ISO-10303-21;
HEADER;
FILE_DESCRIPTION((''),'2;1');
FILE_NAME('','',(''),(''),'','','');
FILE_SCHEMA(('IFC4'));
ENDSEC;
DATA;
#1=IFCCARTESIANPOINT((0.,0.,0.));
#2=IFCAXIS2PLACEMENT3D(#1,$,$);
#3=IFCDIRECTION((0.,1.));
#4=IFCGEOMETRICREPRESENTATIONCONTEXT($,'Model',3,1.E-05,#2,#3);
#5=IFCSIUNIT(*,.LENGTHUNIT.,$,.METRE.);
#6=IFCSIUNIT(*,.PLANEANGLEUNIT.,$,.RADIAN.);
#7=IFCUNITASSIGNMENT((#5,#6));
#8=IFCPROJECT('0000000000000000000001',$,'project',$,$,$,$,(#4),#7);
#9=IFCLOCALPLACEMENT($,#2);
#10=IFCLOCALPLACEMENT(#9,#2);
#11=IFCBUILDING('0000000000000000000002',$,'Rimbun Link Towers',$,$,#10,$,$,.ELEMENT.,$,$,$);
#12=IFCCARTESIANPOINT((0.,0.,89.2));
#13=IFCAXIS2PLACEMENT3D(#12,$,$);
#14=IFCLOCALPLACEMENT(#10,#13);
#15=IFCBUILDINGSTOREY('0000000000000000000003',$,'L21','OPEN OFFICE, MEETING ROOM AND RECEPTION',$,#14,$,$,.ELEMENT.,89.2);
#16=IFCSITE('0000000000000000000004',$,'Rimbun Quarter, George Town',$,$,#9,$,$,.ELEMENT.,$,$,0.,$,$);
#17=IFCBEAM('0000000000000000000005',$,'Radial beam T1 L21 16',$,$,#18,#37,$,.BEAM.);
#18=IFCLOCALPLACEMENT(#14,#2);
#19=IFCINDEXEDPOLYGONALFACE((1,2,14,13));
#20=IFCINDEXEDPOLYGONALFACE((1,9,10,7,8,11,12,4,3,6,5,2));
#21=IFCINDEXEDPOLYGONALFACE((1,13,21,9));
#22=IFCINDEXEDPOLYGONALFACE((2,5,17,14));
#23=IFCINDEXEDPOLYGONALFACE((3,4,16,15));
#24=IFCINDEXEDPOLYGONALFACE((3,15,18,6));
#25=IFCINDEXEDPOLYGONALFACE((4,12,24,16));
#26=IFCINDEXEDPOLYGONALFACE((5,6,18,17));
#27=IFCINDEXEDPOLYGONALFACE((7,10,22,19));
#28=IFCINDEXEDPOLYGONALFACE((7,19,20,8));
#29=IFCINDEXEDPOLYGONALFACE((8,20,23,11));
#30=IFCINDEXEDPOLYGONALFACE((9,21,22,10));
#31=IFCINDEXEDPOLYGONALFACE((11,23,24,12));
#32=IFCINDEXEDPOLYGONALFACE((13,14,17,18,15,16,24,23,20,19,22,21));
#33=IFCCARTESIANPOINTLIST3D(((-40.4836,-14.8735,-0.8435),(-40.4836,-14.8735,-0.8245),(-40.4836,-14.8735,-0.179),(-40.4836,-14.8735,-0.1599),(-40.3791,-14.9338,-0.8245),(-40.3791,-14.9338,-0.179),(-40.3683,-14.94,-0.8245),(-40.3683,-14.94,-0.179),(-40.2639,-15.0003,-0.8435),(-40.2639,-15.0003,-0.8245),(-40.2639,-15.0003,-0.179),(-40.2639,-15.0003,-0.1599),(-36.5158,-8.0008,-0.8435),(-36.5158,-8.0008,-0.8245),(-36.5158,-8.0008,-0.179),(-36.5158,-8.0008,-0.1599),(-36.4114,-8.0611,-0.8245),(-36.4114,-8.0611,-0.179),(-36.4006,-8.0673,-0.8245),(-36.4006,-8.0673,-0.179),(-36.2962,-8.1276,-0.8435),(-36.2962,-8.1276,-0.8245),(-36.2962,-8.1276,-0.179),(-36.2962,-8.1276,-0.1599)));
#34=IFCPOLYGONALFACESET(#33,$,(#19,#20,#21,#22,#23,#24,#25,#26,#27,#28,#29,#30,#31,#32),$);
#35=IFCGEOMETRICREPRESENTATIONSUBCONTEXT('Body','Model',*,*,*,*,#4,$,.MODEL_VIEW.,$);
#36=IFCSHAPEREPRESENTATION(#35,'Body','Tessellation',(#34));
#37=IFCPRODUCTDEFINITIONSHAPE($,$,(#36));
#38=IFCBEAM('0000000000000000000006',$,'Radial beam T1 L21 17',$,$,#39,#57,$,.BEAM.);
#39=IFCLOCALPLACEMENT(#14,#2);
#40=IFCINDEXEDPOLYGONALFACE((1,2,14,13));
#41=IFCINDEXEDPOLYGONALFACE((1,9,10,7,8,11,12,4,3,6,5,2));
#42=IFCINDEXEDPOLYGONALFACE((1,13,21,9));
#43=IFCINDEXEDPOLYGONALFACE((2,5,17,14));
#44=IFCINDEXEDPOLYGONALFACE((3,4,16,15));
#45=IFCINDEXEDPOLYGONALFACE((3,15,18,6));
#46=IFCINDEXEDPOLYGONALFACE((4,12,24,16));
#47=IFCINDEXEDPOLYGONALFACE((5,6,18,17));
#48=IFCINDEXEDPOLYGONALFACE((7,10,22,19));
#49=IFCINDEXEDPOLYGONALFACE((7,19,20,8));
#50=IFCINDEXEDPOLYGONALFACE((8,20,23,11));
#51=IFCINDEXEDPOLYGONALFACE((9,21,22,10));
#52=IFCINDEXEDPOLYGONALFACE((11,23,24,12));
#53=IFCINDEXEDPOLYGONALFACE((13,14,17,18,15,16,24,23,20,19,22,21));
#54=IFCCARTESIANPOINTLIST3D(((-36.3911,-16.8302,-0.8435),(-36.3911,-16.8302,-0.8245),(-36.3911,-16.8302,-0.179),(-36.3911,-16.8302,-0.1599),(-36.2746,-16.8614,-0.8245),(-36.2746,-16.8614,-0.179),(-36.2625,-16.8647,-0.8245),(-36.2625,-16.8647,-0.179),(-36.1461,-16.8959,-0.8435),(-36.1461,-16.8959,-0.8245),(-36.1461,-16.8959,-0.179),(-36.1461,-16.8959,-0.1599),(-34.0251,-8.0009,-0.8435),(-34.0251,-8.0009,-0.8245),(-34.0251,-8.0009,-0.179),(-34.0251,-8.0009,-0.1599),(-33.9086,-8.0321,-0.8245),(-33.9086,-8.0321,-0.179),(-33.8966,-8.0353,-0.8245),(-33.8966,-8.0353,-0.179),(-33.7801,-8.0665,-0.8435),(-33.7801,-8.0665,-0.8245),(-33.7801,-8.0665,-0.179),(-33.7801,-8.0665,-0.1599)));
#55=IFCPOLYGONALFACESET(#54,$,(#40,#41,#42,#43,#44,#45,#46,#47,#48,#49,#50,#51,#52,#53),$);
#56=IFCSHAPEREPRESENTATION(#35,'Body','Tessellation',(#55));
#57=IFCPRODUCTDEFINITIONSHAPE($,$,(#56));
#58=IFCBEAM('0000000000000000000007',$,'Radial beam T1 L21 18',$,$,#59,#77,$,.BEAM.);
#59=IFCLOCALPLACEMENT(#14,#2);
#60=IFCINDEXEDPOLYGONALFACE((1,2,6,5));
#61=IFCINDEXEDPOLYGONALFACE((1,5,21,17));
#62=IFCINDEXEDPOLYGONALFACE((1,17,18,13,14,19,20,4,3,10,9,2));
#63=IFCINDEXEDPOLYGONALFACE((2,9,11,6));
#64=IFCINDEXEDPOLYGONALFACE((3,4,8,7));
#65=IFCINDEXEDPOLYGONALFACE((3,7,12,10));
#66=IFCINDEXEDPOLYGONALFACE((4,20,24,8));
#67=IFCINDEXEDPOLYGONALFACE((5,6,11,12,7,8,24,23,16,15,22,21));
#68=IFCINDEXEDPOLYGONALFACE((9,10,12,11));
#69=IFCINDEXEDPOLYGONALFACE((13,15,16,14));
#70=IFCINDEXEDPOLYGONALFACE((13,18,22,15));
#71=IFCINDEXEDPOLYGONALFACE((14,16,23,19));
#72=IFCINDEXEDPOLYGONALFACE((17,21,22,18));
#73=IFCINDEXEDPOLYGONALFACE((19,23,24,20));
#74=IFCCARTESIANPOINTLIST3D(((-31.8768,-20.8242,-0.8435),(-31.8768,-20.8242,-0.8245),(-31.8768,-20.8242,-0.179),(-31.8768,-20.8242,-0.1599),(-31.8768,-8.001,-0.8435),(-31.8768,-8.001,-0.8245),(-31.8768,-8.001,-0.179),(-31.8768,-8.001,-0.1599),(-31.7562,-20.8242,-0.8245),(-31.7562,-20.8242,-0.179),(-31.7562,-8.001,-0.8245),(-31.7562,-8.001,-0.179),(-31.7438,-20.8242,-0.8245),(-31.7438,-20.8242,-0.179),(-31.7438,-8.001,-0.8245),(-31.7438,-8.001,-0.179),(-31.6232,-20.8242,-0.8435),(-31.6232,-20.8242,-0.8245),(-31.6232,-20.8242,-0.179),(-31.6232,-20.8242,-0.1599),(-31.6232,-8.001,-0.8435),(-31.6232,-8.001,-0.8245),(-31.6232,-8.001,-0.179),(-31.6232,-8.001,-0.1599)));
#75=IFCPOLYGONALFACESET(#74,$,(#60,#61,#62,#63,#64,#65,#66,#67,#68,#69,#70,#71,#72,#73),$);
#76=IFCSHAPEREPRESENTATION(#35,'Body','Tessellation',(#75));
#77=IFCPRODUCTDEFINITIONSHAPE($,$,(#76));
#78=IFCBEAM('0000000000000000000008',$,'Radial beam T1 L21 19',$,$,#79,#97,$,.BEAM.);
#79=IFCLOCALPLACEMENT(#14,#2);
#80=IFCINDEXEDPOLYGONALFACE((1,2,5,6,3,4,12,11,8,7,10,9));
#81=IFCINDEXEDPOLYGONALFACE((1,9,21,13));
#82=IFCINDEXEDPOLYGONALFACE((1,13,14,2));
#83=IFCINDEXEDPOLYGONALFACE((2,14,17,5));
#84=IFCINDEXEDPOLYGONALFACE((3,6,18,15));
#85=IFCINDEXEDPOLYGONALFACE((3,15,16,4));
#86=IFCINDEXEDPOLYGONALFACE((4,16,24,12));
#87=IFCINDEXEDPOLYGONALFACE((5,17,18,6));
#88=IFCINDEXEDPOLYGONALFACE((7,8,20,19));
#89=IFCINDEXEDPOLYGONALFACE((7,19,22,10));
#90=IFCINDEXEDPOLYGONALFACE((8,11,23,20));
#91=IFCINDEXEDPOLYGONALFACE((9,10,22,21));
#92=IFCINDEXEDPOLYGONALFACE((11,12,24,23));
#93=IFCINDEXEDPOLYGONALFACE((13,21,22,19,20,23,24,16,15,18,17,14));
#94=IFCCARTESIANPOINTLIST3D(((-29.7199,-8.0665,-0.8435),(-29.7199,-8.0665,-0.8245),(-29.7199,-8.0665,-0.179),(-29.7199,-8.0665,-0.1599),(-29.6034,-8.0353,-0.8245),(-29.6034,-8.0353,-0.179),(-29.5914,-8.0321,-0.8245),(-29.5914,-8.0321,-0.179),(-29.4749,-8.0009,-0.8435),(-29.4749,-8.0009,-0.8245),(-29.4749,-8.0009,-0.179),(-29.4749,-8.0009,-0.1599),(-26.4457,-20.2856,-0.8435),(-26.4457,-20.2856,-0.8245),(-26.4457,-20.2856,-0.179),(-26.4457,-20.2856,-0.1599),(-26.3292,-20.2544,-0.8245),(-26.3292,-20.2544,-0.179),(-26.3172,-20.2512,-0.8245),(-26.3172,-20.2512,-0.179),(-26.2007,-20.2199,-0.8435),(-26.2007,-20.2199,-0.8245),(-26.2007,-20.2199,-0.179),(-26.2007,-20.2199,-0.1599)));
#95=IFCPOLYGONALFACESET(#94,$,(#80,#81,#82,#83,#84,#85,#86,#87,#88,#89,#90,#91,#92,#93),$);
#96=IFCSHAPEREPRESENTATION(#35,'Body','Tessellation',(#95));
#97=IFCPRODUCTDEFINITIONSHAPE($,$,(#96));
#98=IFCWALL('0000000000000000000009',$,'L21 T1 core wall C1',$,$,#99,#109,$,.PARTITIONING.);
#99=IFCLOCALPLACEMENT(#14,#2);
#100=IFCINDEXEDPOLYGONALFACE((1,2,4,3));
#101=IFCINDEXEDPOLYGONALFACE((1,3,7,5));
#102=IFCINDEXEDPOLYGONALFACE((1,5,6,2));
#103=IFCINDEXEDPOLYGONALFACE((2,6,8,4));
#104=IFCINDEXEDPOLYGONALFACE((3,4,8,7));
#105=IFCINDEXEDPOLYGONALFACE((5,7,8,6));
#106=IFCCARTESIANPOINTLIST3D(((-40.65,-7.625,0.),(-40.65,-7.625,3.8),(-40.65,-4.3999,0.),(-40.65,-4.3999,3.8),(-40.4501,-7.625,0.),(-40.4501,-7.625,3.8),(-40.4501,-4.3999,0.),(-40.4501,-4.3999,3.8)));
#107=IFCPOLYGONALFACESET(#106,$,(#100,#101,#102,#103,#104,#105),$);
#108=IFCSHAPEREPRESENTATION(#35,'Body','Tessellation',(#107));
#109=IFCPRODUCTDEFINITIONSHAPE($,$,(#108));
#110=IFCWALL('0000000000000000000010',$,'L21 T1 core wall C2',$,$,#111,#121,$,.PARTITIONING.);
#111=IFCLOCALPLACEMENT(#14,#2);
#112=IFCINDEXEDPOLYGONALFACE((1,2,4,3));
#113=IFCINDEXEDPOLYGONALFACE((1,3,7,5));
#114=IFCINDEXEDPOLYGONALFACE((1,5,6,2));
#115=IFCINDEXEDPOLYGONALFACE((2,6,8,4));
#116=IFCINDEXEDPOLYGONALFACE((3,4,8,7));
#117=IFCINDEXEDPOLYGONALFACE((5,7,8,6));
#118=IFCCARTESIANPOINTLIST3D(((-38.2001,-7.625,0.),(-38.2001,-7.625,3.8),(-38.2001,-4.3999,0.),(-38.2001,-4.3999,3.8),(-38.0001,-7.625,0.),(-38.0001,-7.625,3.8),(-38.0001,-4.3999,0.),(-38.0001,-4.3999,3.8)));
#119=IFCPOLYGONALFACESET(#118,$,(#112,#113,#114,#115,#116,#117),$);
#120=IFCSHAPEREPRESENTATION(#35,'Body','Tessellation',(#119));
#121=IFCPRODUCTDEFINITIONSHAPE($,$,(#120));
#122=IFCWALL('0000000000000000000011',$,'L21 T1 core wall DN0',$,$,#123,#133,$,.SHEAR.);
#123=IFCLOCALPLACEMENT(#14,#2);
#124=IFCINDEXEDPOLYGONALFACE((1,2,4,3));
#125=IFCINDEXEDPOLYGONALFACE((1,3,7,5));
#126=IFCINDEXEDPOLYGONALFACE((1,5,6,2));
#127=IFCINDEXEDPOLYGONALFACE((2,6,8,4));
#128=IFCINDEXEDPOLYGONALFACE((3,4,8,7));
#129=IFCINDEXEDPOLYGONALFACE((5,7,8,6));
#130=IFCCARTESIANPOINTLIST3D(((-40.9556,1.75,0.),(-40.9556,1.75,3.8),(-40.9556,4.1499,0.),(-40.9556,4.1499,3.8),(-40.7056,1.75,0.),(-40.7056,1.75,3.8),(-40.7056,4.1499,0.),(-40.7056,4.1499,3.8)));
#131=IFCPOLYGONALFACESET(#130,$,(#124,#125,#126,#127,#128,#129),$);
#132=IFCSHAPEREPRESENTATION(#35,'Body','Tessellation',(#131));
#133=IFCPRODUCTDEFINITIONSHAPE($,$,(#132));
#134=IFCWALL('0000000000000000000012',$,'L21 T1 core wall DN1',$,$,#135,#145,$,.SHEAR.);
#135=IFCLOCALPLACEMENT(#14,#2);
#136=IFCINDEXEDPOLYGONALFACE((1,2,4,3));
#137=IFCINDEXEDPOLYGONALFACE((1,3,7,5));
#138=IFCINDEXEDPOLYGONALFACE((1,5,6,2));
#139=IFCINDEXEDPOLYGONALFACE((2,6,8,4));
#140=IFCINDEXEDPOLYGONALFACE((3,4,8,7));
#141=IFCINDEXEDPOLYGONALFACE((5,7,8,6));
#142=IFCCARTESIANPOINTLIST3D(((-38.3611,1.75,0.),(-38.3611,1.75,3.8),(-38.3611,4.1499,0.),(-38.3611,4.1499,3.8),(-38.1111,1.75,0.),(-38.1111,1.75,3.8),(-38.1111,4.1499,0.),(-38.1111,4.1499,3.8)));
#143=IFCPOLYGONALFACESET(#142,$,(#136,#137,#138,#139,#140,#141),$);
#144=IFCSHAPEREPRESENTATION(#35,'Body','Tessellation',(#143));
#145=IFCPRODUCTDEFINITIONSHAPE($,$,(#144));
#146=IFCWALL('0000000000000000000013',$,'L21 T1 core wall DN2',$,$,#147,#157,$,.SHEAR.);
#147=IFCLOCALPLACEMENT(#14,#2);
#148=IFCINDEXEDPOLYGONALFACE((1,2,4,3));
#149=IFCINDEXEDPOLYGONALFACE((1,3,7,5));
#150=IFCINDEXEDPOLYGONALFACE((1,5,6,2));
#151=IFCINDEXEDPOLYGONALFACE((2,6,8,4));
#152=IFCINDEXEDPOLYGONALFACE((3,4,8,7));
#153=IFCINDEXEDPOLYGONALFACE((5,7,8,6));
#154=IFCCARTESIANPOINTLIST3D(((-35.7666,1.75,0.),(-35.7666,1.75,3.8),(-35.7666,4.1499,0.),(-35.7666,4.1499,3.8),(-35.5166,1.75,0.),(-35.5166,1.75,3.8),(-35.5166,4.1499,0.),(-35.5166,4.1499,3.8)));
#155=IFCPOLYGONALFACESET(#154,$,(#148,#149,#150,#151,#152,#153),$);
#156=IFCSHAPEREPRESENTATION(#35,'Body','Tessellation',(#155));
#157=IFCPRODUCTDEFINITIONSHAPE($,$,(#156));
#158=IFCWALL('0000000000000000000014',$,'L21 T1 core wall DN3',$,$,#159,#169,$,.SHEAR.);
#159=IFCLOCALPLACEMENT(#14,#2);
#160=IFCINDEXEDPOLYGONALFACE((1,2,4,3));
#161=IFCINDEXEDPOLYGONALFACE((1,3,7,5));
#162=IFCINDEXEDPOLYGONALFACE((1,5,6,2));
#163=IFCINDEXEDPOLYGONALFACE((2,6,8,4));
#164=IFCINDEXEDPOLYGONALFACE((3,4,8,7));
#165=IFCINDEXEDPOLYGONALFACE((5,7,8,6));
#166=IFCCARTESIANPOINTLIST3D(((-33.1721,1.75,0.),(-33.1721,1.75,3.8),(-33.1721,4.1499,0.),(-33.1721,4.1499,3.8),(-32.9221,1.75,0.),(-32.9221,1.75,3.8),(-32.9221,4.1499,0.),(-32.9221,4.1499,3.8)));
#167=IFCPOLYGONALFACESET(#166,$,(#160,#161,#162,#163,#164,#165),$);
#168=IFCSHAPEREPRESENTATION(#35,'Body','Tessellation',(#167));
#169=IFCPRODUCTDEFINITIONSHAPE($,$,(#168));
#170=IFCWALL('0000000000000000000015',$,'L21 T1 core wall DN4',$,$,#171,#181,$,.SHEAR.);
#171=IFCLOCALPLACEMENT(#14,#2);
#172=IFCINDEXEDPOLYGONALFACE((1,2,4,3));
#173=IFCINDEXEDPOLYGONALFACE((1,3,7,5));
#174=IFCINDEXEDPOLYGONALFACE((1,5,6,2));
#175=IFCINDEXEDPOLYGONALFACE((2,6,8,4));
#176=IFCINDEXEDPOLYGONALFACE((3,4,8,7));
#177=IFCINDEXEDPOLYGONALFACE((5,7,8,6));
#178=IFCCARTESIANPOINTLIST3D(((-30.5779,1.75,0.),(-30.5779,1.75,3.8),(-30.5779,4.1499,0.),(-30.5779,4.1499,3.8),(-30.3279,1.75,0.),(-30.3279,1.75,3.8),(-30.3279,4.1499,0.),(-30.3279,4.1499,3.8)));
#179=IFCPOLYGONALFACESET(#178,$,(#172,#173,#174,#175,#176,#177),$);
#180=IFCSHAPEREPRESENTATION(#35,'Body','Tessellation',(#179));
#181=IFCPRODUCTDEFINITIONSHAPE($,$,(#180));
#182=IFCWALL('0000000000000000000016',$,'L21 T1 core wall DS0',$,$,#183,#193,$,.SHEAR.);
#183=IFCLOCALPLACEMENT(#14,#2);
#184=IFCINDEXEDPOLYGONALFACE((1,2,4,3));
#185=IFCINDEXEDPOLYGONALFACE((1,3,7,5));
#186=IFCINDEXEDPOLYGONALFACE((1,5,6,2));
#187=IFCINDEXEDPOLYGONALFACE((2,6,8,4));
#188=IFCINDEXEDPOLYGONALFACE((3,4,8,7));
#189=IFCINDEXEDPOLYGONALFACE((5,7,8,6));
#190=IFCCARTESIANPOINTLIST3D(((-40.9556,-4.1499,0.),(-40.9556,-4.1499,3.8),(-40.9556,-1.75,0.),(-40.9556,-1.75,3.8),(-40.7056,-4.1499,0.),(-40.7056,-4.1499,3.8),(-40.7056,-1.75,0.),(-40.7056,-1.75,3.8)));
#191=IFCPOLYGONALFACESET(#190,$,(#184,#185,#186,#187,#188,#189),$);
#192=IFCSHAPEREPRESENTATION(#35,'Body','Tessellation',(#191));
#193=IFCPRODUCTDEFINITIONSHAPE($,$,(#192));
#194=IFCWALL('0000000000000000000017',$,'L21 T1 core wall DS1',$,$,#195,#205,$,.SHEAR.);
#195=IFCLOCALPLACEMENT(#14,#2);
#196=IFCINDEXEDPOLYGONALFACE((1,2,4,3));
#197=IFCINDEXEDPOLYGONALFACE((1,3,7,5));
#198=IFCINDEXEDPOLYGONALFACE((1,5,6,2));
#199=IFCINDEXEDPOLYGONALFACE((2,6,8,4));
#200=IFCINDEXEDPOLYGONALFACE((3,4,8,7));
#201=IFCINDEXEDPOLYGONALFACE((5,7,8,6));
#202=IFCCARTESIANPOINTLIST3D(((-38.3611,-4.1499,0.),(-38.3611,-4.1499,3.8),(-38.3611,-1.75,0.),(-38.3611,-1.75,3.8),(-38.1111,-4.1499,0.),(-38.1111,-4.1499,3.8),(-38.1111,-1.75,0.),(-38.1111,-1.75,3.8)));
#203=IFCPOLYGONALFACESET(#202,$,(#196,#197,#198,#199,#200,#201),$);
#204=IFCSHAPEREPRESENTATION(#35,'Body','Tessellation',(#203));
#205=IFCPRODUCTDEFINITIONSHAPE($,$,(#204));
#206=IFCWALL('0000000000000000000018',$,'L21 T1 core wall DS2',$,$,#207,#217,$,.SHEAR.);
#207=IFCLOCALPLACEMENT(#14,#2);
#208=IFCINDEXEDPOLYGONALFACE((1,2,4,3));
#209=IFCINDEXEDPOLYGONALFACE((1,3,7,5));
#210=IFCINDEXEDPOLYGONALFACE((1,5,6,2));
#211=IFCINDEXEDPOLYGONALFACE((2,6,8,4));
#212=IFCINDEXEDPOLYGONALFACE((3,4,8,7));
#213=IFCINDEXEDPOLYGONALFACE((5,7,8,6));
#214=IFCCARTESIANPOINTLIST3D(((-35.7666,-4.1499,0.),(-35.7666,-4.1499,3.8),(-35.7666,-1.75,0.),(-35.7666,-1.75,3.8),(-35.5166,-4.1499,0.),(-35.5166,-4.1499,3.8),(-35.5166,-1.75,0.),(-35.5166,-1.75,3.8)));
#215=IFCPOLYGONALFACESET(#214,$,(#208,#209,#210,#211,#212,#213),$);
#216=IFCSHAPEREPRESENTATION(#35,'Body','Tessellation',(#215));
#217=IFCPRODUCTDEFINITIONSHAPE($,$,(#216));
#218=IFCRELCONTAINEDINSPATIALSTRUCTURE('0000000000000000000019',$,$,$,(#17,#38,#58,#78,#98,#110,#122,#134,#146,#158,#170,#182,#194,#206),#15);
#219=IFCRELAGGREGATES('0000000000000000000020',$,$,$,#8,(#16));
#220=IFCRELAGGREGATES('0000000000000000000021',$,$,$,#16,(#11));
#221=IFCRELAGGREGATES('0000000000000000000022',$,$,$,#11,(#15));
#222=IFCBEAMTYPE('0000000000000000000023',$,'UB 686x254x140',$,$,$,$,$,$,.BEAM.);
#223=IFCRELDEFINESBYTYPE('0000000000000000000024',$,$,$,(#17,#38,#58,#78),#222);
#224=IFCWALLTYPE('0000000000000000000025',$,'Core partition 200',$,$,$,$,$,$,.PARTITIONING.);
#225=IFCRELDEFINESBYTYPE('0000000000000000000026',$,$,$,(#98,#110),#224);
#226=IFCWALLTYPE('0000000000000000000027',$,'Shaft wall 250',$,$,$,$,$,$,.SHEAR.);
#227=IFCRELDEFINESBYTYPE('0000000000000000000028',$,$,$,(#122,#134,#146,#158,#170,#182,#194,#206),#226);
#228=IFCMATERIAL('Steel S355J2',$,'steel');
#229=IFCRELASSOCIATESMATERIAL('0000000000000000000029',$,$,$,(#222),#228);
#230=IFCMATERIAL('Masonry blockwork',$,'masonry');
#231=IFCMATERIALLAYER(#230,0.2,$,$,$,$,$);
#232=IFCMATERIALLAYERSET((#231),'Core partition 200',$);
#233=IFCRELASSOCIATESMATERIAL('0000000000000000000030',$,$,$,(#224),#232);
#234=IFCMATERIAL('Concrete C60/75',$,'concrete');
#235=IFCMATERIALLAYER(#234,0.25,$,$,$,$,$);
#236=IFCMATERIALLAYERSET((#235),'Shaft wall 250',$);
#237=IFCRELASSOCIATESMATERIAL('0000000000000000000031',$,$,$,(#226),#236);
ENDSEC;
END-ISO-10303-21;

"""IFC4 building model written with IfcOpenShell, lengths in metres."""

from ifc_helpers import new_model, si_unit, direction, frame, frame_2d, origin, origin_2d, place, context, subcontext, project, spatial, rectangle, i_section, extrude, material, layer, layer_set, material_profile, profile_set, type_object, element, save


model = new_model("IFC4")

# Units and contexts
model_context = context("Model", 3, precision=1e-05, world=origin(), true_north=direction((0.0, 1.0)))
body_context = subcontext(model_context, "Body", "Model", "MODEL_VIEW")
ifc_project = project(units=[si_unit("LENGTHUNIT", "METRE"), si_unit("PLANEANGLEUNIT", "RADIAN")], contexts=[model_context])

# Site, building, storey
site_placement = place(None, origin())
site = spatial("IfcSite", under=ifc_project, at=site_placement, Name="Rimbun Quarter, George Town", CompositionType="ELEMENT", RefElevation=0.0)
building_placement = place(site_placement, origin())
building = spatial("IfcBuilding", under=site, at=building_placement, Name="Rimbun Link Towers", CompositionType="ELEMENT")
storey_placement = place(building_placement, frame((0.0, 0.0, 89.2)))
storey = spatial("IfcBuildingStorey", under=building, at=storey_placement, Name="L21", Description="OPEN OFFICE, MEETING ROOM AND RECEPTION", CompositionType="ELEMENT", Elevation=89.2)

# Beams
ifc_material_1 = material(Name="Steel S355J2", Category="steel")
ifc_material_profile = material_profile(ifc_material_1, i_section(OverallWidth=0.2537, OverallDepth=0.6836, WebThickness=0.0125, FlangeThickness=0.019, at=origin_2d()), Name="UB 686x254x140")
ifc_profile_set = profile_set([ifc_material_profile], Name="Steel S355J2")
beam_type = type_object("IfcBeamType", Name="UB 686x254x140", PredefinedType="BEAM", material=ifc_profile_set)
beam_1_placement = place(storey_placement, frame((-36.406, -8.0642, -0.5017), z_axis=(-0.499977, -0.866039, 0.0), x_axis=(0.866039, -0.499977, 0.0)))
element("IfcBeam", 1, at=beam_1_placement, inside=storey, type_object=beam_type, Name="Radial beam T1 L21 16", PredefinedType="BEAM", context=body_context, shape_type="SweptSolid", body=[
    extrude(i_section(OverallWidth=0.2537, OverallDepth=0.6836, WebThickness=0.0125, FlangeThickness=0.019, at=origin_2d()), origin(), (0.0, 0.0, 1.0), 7.9358),
])
beam_2_placement = place(storey_placement, frame((-33.9026, -8.0337, -0.5017), z_axis=(-0.258834, -0.965922, 0.0), x_axis=(0.965922, -0.258834, 0.0)))
element("IfcBeam", 2, at=beam_2_placement, inside=storey, type_object=beam_type, Name="Radial beam T1 L21 17", PredefinedType="BEAM", context=body_context, shape_type="SweptSolid", body=[
    extrude(i_section(OverallWidth=0.2537, OverallDepth=0.6836, WebThickness=0.0125, FlangeThickness=0.019, at=origin_2d()), origin(), (0.0, 0.0, 1.0), 9.1409),
])
beam_3_placement = place(storey_placement, frame((-31.75, -8.001, -0.5017), z_axis=(0.0, -1.0, 0.0), x_axis=(1.0, 0.0, 0.0)))
element("IfcBeam", 3, at=beam_3_placement, inside=storey, type_object=beam_type, Name="Radial beam T1 L21 18", PredefinedType="BEAM", context=body_context, shape_type="SweptSolid", body=[
    extrude(i_section(OverallWidth=0.2537, OverallDepth=0.6836, WebThickness=0.0125, FlangeThickness=0.019, at=origin_2d()), origin(), (0.0, 0.0, 1.0), 12.8232),
])
beam_4_placement = place(storey_placement, frame((-29.5974, -8.0337, -0.5017), z_axis=(0.258826, -0.965924, 0.0), x_axis=(0.965924, 0.258826, 0.0)))
element("IfcBeam", 4, at=beam_4_placement, inside=storey, type_object=beam_type, Name="Radial beam T1 L21 19", PredefinedType="BEAM", context=body_context, shape_type="SweptSolid", body=[
    extrude(i_section(OverallWidth=0.2537, OverallDepth=0.6836, WebThickness=0.0125, FlangeThickness=0.019, at=origin_2d()), origin(), (0.0, 0.0, 1.0), 12.6501),
])

# Walls
ifc_material_2 = material(Name="Masonry blockwork", Category="masonry")
ifc_layer_1 = layer(ifc_material_2, 0.2)
ifc_layer_set_1 = layer_set([ifc_layer_1], Name="Core partition 200")
wall_type_1 = type_object("IfcWallType", Name="Core partition 200", PredefinedType="PARTITIONING", material=ifc_layer_set_1)
for number, where, z_axis, x_axis, name in (
    (5, (-40.55, -4.3999, 0.0), (0.0, 0.0, 1.0), (0.0, -1.0, 0.0), "L21 T1 core wall C1"),
    (6, (-38.1001, -4.3999, 0.0), (0.0, 0.0, 1.0), (0.0, -1.0, 0.0), "L21 T1 core wall C2"),
):
    element("IfcWall", number, at=place(storey_placement, frame(where, z_axis=z_axis, x_axis=x_axis)), inside=storey, type_object=wall_type_1, Name=name, PredefinedType="PARTITIONING", context=body_context, shape_type="SweptSolid", body=[
        extrude(rectangle(XDim=3.2251, YDim=0.2, at=frame_2d((1.6125, 0.0))), origin(), (0.0, 0.0, 1.0), 3.8),
    ])
ifc_material_3 = material(Name="Concrete C60/75", Category="concrete")
ifc_layer_2 = layer(ifc_material_3, 0.25)
ifc_layer_set_2 = layer_set([ifc_layer_2], Name="Shaft wall 250")
wall_type_2 = type_object("IfcWallType", Name="Shaft wall 250", PredefinedType="SHEAR", material=ifc_layer_set_2)
for number, where, z_axis, x_axis, name in (
    (7, (-40.8306, 1.75, 0.0), (0.0, 0.0, 1.0), (0.0, 1.0, 0.0), "L21 T1 core wall DN0"),
    (8, (-38.2361, 1.75, 0.0), (0.0, 0.0, 1.0), (0.0, 1.0, 0.0), "L21 T1 core wall DN1"),
    (9, (-35.6416, 1.75, 0.0), (0.0, 0.0, 1.0), (0.0, 1.0, 0.0), "L21 T1 core wall DN2"),
    (10, (-33.0471, 1.75, 0.0), (0.0, 0.0, 1.0), (0.0, 1.0, 0.0), "L21 T1 core wall DN3"),
    (11, (-30.4529, 1.75, 0.0), (0.0, 0.0, 1.0), (0.0, 1.0, 0.0), "L21 T1 core wall DN4"),
    (12, (-40.8306, -4.1499, 0.0), (0.0, 0.0, 1.0), (0.0, 1.0, 0.0), "L21 T1 core wall DS0"),
    (13, (-38.2361, -4.1499, 0.0), (0.0, 0.0, 1.0), (0.0, 1.0, 0.0), "L21 T1 core wall DS1"),
    (14, (-35.6416, -4.1499, 0.0), (0.0, 0.0, 1.0), (0.0, 1.0, 0.0), "L21 T1 core wall DS2"),
):
    element("IfcWall", number, at=place(storey_placement, frame(where, z_axis=z_axis, x_axis=x_axis)), inside=storey, type_object=wall_type_2, Name=name, PredefinedType="SHEAR", context=body_context, shape_type="SweptSolid", body=[
        extrude(rectangle(XDim=2.3999, YDim=0.25, at=frame_2d((1.2, 0.0))), origin(), (0.0, 0.0, 1.0), 3.8),
    ])

save(model, "model.ifc")
